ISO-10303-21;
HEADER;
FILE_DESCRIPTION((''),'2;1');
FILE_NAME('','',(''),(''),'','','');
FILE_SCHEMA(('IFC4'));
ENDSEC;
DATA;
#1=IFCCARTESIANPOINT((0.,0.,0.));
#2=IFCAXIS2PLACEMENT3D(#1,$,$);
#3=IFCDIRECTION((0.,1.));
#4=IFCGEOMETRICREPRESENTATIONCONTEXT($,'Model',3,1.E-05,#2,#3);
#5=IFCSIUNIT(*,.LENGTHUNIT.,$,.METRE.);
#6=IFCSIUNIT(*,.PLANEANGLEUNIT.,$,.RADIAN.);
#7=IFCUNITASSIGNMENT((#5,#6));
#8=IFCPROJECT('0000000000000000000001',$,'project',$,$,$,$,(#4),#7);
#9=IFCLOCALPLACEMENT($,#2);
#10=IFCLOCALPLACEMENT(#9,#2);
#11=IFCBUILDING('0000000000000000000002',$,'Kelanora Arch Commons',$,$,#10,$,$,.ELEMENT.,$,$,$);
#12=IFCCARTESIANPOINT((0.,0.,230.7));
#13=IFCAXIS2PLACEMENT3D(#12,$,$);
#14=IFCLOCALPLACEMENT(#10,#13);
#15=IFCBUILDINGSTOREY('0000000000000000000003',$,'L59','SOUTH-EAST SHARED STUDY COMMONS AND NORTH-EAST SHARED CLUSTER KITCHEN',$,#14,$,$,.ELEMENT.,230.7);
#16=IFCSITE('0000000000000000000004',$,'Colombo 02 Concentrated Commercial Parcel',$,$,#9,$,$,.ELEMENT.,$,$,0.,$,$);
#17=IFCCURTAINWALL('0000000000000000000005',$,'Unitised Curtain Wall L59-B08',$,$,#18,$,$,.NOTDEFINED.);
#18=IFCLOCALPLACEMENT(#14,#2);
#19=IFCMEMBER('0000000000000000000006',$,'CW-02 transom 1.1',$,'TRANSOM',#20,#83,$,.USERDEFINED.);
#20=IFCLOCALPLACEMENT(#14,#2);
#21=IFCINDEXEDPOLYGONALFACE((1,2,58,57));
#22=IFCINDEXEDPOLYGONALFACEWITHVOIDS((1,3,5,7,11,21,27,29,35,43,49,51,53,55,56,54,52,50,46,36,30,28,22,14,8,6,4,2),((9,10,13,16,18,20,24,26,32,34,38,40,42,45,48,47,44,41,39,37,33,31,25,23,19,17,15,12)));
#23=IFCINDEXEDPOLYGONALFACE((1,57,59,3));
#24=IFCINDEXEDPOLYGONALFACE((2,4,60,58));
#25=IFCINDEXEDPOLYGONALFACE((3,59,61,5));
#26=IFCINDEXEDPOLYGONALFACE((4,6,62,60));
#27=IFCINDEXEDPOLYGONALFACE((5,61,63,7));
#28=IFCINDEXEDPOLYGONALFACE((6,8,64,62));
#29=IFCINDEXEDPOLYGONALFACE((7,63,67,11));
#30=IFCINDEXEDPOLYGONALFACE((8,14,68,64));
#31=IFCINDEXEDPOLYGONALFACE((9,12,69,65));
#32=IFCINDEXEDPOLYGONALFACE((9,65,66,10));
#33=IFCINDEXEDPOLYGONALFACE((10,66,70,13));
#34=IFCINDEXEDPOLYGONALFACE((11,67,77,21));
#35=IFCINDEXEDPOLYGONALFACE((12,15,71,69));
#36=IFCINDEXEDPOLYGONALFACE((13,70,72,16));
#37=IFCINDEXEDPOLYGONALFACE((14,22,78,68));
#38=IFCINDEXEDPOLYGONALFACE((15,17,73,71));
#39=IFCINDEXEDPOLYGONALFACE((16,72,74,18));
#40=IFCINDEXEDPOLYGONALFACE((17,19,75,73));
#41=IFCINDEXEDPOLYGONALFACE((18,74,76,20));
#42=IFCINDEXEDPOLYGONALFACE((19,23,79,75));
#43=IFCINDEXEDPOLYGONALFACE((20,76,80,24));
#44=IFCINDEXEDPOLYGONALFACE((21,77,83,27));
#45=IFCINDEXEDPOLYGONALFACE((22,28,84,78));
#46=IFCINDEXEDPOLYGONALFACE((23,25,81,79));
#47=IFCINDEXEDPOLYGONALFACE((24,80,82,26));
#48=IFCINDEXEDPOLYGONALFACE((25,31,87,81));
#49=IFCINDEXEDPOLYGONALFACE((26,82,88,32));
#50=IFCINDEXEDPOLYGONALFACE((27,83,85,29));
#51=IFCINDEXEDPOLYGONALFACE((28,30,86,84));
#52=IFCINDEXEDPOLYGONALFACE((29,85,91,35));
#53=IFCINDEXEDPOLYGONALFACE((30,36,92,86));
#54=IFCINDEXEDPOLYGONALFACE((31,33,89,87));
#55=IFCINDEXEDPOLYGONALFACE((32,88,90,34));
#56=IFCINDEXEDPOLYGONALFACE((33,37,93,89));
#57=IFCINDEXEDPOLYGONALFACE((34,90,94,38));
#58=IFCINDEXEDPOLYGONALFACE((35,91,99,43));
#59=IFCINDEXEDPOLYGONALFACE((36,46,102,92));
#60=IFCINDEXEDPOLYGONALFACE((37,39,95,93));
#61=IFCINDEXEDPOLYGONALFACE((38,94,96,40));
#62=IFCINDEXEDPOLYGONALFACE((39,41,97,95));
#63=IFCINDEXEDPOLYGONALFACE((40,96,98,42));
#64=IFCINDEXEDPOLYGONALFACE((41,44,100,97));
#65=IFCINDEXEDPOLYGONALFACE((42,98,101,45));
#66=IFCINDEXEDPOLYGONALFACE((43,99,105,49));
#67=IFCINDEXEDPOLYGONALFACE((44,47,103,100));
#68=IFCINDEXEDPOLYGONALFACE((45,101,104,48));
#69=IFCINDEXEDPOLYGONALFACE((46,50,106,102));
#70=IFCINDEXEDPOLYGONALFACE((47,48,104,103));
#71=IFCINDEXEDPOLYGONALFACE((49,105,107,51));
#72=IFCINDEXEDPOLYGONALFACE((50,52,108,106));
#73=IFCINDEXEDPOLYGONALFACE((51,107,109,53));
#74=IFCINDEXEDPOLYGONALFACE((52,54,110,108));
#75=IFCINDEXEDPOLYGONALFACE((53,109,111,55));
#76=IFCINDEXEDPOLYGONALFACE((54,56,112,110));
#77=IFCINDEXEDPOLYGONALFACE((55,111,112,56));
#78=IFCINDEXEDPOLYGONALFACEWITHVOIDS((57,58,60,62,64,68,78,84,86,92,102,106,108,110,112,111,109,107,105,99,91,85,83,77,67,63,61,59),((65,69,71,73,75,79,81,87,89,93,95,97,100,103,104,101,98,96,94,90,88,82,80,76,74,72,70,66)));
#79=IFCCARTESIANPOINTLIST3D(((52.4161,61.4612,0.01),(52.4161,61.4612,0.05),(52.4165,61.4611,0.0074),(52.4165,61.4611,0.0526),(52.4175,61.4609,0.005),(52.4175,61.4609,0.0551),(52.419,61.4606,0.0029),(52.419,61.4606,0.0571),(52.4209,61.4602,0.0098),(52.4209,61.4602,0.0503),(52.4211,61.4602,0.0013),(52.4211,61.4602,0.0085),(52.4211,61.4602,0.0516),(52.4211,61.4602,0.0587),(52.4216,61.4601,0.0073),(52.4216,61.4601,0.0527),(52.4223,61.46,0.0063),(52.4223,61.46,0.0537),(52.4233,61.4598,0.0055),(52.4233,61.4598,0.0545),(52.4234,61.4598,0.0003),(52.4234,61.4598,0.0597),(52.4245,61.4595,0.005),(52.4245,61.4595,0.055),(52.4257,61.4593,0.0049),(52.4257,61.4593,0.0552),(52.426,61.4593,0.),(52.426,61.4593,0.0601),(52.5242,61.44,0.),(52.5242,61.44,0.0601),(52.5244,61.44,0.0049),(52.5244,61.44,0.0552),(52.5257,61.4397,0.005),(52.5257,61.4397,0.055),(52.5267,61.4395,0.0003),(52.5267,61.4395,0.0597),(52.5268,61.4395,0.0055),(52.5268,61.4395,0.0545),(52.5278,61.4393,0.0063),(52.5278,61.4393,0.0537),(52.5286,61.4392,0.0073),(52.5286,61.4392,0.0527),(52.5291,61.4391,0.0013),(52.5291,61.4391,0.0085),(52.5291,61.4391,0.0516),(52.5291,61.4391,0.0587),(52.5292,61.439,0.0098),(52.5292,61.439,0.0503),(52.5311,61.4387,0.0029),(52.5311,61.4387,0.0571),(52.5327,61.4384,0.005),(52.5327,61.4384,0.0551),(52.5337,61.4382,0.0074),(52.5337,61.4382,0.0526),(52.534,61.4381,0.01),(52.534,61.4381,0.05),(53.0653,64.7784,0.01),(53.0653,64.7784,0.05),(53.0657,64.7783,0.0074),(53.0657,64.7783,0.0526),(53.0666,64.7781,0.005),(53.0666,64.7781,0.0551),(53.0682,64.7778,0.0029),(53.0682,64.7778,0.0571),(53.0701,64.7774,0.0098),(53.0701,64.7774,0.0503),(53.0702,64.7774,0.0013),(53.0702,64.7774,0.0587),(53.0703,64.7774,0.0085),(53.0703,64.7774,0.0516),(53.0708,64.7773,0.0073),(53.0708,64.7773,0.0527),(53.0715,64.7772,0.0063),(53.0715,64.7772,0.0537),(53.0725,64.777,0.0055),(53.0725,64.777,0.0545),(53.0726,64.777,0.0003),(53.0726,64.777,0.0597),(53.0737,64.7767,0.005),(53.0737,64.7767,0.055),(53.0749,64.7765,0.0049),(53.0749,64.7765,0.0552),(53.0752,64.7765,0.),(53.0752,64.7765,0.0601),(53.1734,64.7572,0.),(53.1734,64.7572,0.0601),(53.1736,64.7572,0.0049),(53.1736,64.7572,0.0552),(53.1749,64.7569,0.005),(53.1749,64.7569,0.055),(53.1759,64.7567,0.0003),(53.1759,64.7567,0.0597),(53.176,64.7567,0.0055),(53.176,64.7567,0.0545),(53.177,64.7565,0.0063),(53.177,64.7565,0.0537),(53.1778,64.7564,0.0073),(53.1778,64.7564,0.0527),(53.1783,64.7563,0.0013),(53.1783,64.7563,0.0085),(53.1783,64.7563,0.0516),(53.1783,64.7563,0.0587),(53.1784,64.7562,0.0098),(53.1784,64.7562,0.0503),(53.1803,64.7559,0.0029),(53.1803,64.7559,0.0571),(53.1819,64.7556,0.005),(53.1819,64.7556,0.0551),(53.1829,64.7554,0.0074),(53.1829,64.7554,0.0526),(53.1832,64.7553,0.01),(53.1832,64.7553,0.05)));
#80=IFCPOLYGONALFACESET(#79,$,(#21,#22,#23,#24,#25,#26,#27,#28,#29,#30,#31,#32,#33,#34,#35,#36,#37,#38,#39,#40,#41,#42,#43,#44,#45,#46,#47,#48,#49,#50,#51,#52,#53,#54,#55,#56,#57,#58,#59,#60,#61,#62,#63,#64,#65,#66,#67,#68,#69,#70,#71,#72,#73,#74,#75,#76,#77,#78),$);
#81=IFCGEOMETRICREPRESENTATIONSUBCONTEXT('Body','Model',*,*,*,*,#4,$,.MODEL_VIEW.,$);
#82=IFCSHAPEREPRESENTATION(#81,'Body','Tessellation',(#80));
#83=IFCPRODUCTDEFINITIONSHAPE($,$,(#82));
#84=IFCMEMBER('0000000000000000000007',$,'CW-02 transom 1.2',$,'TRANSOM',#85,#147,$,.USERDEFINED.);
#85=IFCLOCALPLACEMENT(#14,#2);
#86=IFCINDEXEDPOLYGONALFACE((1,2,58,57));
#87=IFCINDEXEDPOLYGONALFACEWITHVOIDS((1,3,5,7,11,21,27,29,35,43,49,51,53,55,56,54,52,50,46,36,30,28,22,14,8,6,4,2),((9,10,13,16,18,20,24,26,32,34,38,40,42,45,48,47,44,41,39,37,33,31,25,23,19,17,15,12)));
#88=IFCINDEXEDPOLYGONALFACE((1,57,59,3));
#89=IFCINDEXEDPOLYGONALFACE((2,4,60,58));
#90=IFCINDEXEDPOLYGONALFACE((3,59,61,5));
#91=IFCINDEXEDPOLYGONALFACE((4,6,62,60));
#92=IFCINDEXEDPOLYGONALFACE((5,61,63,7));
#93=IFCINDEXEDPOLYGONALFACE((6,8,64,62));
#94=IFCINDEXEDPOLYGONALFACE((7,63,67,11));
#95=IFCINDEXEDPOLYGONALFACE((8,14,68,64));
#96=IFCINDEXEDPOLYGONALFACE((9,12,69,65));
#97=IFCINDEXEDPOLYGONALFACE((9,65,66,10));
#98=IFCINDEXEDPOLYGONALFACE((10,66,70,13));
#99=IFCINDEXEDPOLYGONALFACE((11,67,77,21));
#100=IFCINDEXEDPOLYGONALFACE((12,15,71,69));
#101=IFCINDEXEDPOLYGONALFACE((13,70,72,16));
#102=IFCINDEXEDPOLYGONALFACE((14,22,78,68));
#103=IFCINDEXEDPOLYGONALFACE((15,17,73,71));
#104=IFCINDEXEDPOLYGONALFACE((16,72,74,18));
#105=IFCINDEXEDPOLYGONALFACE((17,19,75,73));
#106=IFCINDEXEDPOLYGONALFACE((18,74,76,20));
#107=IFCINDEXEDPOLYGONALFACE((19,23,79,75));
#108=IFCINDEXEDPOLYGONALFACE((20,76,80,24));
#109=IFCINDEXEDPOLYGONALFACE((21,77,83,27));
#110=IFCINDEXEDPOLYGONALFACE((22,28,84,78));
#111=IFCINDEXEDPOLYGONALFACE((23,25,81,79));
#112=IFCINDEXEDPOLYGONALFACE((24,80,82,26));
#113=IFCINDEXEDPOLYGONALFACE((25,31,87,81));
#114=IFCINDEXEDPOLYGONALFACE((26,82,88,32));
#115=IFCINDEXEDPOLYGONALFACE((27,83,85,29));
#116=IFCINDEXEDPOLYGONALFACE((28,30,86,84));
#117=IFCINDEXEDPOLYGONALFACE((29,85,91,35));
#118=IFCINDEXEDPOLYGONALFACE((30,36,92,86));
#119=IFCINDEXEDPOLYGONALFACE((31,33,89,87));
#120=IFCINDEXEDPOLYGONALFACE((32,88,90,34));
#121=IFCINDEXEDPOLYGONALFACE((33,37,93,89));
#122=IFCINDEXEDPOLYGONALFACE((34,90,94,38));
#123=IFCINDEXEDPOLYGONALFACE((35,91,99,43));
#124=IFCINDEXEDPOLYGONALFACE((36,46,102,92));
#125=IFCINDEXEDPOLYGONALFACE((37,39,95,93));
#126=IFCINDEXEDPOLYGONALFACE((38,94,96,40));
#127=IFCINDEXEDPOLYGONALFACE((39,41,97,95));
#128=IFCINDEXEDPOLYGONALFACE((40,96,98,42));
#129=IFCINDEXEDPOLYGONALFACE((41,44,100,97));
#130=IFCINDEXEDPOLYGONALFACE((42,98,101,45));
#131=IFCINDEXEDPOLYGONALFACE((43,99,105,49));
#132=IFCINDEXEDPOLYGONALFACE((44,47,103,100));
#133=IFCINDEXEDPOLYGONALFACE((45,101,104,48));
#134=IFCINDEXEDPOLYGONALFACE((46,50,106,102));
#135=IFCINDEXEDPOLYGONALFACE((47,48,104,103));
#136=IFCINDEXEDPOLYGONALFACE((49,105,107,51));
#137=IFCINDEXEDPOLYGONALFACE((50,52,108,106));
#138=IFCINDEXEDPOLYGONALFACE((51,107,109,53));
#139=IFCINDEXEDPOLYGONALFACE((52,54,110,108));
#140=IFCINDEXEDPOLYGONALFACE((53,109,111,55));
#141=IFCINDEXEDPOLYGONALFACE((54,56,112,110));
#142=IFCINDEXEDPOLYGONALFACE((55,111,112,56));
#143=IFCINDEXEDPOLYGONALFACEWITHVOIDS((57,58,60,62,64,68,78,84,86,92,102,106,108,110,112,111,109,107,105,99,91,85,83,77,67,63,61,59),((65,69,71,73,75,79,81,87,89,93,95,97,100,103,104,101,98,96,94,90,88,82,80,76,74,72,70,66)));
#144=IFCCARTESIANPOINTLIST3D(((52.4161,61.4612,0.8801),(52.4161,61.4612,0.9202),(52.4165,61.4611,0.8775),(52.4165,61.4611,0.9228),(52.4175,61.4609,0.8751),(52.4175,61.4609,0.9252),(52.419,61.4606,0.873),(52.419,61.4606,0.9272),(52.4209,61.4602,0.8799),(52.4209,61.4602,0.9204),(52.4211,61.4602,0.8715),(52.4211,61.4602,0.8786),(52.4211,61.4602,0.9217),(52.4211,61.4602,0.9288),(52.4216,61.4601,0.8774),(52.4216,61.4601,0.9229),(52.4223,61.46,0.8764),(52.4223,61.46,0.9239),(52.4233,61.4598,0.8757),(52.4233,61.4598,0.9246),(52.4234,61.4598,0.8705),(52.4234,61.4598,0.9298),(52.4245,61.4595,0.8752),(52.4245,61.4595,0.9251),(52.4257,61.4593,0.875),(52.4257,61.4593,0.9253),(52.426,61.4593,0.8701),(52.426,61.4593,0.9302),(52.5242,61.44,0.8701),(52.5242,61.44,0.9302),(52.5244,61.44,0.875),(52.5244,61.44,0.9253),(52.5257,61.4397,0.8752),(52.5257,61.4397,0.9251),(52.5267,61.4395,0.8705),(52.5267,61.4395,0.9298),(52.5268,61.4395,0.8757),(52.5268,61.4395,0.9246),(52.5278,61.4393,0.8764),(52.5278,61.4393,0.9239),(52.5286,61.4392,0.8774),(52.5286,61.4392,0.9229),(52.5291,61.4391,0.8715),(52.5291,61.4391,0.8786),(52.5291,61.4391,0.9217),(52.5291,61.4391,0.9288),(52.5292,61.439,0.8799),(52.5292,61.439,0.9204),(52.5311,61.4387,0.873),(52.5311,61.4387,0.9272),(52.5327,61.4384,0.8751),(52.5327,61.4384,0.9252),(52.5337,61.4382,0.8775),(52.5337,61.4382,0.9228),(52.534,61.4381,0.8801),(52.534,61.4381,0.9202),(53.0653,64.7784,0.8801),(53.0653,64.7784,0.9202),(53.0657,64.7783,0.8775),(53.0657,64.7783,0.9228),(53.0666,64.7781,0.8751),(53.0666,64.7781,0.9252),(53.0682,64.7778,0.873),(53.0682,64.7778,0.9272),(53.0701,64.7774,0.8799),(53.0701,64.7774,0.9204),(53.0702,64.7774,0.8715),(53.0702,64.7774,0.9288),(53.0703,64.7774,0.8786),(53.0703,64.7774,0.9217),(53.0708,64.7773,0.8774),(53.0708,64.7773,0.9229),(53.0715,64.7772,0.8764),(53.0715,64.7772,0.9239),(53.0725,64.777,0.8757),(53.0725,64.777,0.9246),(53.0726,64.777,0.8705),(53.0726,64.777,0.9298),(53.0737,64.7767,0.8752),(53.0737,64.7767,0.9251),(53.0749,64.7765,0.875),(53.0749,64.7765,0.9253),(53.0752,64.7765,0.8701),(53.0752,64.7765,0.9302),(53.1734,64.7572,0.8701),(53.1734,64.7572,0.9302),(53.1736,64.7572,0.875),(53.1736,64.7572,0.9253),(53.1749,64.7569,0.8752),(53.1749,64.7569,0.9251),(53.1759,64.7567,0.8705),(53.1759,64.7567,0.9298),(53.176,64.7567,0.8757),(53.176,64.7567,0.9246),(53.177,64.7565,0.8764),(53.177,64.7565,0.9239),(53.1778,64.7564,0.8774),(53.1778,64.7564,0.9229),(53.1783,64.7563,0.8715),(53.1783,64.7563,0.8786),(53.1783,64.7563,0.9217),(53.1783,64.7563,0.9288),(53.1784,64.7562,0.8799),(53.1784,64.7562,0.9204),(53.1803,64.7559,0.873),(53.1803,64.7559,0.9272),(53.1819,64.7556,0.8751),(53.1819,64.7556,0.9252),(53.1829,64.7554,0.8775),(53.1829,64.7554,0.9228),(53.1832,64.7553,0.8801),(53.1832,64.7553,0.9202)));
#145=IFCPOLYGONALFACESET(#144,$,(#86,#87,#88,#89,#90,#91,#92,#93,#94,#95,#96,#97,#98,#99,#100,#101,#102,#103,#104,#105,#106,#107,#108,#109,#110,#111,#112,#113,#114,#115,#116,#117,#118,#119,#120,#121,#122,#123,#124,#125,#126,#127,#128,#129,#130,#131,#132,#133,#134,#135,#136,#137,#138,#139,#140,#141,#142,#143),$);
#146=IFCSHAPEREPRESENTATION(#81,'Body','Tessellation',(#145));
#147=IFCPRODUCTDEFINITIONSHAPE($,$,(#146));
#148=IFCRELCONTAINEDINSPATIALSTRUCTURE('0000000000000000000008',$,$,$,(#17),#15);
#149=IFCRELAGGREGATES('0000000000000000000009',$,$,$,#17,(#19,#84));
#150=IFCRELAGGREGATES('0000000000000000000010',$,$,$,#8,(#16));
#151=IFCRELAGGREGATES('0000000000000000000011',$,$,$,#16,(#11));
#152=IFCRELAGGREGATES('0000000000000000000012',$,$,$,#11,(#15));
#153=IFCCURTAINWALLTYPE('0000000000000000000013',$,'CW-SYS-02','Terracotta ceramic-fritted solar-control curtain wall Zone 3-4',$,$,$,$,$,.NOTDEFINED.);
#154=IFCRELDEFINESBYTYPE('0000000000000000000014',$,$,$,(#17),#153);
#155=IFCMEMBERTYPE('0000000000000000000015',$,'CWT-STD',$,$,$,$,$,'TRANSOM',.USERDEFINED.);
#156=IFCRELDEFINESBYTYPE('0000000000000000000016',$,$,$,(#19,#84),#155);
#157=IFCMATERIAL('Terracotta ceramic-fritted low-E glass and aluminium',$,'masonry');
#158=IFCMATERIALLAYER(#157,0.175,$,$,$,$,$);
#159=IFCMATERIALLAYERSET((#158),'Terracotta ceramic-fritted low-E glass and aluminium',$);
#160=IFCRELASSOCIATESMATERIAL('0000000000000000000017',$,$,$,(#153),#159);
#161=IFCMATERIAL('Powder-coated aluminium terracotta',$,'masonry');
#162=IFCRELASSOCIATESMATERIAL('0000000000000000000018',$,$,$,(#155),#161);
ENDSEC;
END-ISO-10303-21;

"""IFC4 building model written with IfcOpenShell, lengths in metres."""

from ifc_helpers import new_model, si_unit, direction, frame, origin, origin_2d, place, context, subcontext, project, spatial, hollow_rectangle, extrude, material, layer, layer_set, material_profile, profile_set, type_object, element, aggregate, save


model = new_model("IFC4")

# Units and contexts
model_context = context("Model", 3, precision=1e-05, world=origin(), true_north=direction((0.0, 1.0)))
body_context = subcontext(model_context, "Body", "Model", "MODEL_VIEW")
ifc_project = project(units=[si_unit("LENGTHUNIT", "METRE"), si_unit("PLANEANGLEUNIT", "RADIAN")], contexts=[model_context])

# Site, building, storey
site_placement = place(None, origin())
site = spatial("IfcSite", under=ifc_project, at=site_placement, Name="Colombo 02 Concentrated Commercial Parcel", CompositionType="ELEMENT", RefElevation=0.0)
building_placement = place(site_placement, origin())
building = spatial("IfcBuilding", under=site, at=building_placement, Name="Kelanora Arch Commons", CompositionType="ELEMENT")
storey_placement = place(building_placement, frame((0.0, 0.0, 230.7)))
storey = spatial("IfcBuildingStorey", under=building, at=storey_placement, Name="L59", Description="SOUTH-EAST SHARED STUDY COMMONS AND NORTH-EAST SHARED CLUSTER KITCHEN", CompositionType="ELEMENT", Elevation=230.7)

# Curtain wall, members
ifc_material_1 = material(Name="Terracotta ceramic-fritted low-E glass and aluminium", Category="masonry")
ifc_layer_1 = layer(ifc_material_1, 0.175)
ifc_layer_set_1 = layer_set([ifc_layer_1], Name="Terracotta ceramic-fritted low-E glass and aluminium")
curtain_wall_type = type_object("IfcCurtainWallType", Name="CW-SYS-02", Description="Terracotta ceramic-fritted solar-control curtain wall Zone 3-4", PredefinedType="NOTDEFINED", material=ifc_layer_set_1)
curtain_wall_placement = place(storey_placement, origin())
curtain_wall = element("IfcCurtainWall", 1, at=curtain_wall_placement, inside=storey, type_object=curtain_wall_type, Name="Unitised Curtain Wall L59-B08", PredefinedType="NOTDEFINED")
ifc_material_2 = material(Name="Powder-coated aluminium terracotta", Category="masonry")
ifc_material_profile_1 = material_profile(ifc_material_2, hollow_rectangle(XDim=0.1201, YDim=0.0601, WallThickness=0.0049, InnerFilletRadius=0.0049, OuterFilletRadius=0.01, at=origin_2d()), Name="CWT120x60")
ifc_profile_set_1 = profile_set([ifc_material_profile_1], Name="Powder-coated aluminium terracotta")
member_type_1 = type_object("IfcMemberType", Name="CWT-STD", ElementType="TRANSOM", PredefinedType="USERDEFINED", material=ifc_profile_set_1)
member_1_placement = place(storey_placement, frame((53.1243, 64.7668, 0.03), z_axis=(-0.192058, -0.981383, 0.0), x_axis=(0.981383, -0.192058, 0.0)))
member_1 = element("IfcMember", 2, at=member_1_placement, type_object=member_type_1, Name="CW-02 transom 1.1", ObjectType="TRANSOM", PredefinedType="USERDEFINED", context=body_context, shape_type="SweptSolid", body=[
    extrude(hollow_rectangle(XDim=0.1201, YDim=0.0601, WallThickness=0.0049, InnerFilletRadius=0.0049, OuterFilletRadius=0.01, at=origin_2d()), origin(), (0.0, 0.0, 1.0), 3.3801),
])
member_2_placement = place(storey_placement, frame((53.1243, 64.7668, 0.9001), z_axis=(-0.192058, -0.981383, 0.0), x_axis=(0.981383, -0.192058, 0.0)))
member_2 = element("IfcMember", 3, at=member_2_placement, type_object=member_type_1, Name="CW-02 transom 1.2", ObjectType="TRANSOM", PredefinedType="USERDEFINED", context=body_context, shape_type="SweptSolid", body=[
    extrude(hollow_rectangle(XDim=0.1201, YDim=0.0601, WallThickness=0.0049, InnerFilletRadius=0.0049, OuterFilletRadius=0.01, at=origin_2d()), origin(), (0.0, 0.0, 1.0), 3.3801),
])
aggregate(curtain_wall, [member_1, member_2])

save(model, "model.ifc")
